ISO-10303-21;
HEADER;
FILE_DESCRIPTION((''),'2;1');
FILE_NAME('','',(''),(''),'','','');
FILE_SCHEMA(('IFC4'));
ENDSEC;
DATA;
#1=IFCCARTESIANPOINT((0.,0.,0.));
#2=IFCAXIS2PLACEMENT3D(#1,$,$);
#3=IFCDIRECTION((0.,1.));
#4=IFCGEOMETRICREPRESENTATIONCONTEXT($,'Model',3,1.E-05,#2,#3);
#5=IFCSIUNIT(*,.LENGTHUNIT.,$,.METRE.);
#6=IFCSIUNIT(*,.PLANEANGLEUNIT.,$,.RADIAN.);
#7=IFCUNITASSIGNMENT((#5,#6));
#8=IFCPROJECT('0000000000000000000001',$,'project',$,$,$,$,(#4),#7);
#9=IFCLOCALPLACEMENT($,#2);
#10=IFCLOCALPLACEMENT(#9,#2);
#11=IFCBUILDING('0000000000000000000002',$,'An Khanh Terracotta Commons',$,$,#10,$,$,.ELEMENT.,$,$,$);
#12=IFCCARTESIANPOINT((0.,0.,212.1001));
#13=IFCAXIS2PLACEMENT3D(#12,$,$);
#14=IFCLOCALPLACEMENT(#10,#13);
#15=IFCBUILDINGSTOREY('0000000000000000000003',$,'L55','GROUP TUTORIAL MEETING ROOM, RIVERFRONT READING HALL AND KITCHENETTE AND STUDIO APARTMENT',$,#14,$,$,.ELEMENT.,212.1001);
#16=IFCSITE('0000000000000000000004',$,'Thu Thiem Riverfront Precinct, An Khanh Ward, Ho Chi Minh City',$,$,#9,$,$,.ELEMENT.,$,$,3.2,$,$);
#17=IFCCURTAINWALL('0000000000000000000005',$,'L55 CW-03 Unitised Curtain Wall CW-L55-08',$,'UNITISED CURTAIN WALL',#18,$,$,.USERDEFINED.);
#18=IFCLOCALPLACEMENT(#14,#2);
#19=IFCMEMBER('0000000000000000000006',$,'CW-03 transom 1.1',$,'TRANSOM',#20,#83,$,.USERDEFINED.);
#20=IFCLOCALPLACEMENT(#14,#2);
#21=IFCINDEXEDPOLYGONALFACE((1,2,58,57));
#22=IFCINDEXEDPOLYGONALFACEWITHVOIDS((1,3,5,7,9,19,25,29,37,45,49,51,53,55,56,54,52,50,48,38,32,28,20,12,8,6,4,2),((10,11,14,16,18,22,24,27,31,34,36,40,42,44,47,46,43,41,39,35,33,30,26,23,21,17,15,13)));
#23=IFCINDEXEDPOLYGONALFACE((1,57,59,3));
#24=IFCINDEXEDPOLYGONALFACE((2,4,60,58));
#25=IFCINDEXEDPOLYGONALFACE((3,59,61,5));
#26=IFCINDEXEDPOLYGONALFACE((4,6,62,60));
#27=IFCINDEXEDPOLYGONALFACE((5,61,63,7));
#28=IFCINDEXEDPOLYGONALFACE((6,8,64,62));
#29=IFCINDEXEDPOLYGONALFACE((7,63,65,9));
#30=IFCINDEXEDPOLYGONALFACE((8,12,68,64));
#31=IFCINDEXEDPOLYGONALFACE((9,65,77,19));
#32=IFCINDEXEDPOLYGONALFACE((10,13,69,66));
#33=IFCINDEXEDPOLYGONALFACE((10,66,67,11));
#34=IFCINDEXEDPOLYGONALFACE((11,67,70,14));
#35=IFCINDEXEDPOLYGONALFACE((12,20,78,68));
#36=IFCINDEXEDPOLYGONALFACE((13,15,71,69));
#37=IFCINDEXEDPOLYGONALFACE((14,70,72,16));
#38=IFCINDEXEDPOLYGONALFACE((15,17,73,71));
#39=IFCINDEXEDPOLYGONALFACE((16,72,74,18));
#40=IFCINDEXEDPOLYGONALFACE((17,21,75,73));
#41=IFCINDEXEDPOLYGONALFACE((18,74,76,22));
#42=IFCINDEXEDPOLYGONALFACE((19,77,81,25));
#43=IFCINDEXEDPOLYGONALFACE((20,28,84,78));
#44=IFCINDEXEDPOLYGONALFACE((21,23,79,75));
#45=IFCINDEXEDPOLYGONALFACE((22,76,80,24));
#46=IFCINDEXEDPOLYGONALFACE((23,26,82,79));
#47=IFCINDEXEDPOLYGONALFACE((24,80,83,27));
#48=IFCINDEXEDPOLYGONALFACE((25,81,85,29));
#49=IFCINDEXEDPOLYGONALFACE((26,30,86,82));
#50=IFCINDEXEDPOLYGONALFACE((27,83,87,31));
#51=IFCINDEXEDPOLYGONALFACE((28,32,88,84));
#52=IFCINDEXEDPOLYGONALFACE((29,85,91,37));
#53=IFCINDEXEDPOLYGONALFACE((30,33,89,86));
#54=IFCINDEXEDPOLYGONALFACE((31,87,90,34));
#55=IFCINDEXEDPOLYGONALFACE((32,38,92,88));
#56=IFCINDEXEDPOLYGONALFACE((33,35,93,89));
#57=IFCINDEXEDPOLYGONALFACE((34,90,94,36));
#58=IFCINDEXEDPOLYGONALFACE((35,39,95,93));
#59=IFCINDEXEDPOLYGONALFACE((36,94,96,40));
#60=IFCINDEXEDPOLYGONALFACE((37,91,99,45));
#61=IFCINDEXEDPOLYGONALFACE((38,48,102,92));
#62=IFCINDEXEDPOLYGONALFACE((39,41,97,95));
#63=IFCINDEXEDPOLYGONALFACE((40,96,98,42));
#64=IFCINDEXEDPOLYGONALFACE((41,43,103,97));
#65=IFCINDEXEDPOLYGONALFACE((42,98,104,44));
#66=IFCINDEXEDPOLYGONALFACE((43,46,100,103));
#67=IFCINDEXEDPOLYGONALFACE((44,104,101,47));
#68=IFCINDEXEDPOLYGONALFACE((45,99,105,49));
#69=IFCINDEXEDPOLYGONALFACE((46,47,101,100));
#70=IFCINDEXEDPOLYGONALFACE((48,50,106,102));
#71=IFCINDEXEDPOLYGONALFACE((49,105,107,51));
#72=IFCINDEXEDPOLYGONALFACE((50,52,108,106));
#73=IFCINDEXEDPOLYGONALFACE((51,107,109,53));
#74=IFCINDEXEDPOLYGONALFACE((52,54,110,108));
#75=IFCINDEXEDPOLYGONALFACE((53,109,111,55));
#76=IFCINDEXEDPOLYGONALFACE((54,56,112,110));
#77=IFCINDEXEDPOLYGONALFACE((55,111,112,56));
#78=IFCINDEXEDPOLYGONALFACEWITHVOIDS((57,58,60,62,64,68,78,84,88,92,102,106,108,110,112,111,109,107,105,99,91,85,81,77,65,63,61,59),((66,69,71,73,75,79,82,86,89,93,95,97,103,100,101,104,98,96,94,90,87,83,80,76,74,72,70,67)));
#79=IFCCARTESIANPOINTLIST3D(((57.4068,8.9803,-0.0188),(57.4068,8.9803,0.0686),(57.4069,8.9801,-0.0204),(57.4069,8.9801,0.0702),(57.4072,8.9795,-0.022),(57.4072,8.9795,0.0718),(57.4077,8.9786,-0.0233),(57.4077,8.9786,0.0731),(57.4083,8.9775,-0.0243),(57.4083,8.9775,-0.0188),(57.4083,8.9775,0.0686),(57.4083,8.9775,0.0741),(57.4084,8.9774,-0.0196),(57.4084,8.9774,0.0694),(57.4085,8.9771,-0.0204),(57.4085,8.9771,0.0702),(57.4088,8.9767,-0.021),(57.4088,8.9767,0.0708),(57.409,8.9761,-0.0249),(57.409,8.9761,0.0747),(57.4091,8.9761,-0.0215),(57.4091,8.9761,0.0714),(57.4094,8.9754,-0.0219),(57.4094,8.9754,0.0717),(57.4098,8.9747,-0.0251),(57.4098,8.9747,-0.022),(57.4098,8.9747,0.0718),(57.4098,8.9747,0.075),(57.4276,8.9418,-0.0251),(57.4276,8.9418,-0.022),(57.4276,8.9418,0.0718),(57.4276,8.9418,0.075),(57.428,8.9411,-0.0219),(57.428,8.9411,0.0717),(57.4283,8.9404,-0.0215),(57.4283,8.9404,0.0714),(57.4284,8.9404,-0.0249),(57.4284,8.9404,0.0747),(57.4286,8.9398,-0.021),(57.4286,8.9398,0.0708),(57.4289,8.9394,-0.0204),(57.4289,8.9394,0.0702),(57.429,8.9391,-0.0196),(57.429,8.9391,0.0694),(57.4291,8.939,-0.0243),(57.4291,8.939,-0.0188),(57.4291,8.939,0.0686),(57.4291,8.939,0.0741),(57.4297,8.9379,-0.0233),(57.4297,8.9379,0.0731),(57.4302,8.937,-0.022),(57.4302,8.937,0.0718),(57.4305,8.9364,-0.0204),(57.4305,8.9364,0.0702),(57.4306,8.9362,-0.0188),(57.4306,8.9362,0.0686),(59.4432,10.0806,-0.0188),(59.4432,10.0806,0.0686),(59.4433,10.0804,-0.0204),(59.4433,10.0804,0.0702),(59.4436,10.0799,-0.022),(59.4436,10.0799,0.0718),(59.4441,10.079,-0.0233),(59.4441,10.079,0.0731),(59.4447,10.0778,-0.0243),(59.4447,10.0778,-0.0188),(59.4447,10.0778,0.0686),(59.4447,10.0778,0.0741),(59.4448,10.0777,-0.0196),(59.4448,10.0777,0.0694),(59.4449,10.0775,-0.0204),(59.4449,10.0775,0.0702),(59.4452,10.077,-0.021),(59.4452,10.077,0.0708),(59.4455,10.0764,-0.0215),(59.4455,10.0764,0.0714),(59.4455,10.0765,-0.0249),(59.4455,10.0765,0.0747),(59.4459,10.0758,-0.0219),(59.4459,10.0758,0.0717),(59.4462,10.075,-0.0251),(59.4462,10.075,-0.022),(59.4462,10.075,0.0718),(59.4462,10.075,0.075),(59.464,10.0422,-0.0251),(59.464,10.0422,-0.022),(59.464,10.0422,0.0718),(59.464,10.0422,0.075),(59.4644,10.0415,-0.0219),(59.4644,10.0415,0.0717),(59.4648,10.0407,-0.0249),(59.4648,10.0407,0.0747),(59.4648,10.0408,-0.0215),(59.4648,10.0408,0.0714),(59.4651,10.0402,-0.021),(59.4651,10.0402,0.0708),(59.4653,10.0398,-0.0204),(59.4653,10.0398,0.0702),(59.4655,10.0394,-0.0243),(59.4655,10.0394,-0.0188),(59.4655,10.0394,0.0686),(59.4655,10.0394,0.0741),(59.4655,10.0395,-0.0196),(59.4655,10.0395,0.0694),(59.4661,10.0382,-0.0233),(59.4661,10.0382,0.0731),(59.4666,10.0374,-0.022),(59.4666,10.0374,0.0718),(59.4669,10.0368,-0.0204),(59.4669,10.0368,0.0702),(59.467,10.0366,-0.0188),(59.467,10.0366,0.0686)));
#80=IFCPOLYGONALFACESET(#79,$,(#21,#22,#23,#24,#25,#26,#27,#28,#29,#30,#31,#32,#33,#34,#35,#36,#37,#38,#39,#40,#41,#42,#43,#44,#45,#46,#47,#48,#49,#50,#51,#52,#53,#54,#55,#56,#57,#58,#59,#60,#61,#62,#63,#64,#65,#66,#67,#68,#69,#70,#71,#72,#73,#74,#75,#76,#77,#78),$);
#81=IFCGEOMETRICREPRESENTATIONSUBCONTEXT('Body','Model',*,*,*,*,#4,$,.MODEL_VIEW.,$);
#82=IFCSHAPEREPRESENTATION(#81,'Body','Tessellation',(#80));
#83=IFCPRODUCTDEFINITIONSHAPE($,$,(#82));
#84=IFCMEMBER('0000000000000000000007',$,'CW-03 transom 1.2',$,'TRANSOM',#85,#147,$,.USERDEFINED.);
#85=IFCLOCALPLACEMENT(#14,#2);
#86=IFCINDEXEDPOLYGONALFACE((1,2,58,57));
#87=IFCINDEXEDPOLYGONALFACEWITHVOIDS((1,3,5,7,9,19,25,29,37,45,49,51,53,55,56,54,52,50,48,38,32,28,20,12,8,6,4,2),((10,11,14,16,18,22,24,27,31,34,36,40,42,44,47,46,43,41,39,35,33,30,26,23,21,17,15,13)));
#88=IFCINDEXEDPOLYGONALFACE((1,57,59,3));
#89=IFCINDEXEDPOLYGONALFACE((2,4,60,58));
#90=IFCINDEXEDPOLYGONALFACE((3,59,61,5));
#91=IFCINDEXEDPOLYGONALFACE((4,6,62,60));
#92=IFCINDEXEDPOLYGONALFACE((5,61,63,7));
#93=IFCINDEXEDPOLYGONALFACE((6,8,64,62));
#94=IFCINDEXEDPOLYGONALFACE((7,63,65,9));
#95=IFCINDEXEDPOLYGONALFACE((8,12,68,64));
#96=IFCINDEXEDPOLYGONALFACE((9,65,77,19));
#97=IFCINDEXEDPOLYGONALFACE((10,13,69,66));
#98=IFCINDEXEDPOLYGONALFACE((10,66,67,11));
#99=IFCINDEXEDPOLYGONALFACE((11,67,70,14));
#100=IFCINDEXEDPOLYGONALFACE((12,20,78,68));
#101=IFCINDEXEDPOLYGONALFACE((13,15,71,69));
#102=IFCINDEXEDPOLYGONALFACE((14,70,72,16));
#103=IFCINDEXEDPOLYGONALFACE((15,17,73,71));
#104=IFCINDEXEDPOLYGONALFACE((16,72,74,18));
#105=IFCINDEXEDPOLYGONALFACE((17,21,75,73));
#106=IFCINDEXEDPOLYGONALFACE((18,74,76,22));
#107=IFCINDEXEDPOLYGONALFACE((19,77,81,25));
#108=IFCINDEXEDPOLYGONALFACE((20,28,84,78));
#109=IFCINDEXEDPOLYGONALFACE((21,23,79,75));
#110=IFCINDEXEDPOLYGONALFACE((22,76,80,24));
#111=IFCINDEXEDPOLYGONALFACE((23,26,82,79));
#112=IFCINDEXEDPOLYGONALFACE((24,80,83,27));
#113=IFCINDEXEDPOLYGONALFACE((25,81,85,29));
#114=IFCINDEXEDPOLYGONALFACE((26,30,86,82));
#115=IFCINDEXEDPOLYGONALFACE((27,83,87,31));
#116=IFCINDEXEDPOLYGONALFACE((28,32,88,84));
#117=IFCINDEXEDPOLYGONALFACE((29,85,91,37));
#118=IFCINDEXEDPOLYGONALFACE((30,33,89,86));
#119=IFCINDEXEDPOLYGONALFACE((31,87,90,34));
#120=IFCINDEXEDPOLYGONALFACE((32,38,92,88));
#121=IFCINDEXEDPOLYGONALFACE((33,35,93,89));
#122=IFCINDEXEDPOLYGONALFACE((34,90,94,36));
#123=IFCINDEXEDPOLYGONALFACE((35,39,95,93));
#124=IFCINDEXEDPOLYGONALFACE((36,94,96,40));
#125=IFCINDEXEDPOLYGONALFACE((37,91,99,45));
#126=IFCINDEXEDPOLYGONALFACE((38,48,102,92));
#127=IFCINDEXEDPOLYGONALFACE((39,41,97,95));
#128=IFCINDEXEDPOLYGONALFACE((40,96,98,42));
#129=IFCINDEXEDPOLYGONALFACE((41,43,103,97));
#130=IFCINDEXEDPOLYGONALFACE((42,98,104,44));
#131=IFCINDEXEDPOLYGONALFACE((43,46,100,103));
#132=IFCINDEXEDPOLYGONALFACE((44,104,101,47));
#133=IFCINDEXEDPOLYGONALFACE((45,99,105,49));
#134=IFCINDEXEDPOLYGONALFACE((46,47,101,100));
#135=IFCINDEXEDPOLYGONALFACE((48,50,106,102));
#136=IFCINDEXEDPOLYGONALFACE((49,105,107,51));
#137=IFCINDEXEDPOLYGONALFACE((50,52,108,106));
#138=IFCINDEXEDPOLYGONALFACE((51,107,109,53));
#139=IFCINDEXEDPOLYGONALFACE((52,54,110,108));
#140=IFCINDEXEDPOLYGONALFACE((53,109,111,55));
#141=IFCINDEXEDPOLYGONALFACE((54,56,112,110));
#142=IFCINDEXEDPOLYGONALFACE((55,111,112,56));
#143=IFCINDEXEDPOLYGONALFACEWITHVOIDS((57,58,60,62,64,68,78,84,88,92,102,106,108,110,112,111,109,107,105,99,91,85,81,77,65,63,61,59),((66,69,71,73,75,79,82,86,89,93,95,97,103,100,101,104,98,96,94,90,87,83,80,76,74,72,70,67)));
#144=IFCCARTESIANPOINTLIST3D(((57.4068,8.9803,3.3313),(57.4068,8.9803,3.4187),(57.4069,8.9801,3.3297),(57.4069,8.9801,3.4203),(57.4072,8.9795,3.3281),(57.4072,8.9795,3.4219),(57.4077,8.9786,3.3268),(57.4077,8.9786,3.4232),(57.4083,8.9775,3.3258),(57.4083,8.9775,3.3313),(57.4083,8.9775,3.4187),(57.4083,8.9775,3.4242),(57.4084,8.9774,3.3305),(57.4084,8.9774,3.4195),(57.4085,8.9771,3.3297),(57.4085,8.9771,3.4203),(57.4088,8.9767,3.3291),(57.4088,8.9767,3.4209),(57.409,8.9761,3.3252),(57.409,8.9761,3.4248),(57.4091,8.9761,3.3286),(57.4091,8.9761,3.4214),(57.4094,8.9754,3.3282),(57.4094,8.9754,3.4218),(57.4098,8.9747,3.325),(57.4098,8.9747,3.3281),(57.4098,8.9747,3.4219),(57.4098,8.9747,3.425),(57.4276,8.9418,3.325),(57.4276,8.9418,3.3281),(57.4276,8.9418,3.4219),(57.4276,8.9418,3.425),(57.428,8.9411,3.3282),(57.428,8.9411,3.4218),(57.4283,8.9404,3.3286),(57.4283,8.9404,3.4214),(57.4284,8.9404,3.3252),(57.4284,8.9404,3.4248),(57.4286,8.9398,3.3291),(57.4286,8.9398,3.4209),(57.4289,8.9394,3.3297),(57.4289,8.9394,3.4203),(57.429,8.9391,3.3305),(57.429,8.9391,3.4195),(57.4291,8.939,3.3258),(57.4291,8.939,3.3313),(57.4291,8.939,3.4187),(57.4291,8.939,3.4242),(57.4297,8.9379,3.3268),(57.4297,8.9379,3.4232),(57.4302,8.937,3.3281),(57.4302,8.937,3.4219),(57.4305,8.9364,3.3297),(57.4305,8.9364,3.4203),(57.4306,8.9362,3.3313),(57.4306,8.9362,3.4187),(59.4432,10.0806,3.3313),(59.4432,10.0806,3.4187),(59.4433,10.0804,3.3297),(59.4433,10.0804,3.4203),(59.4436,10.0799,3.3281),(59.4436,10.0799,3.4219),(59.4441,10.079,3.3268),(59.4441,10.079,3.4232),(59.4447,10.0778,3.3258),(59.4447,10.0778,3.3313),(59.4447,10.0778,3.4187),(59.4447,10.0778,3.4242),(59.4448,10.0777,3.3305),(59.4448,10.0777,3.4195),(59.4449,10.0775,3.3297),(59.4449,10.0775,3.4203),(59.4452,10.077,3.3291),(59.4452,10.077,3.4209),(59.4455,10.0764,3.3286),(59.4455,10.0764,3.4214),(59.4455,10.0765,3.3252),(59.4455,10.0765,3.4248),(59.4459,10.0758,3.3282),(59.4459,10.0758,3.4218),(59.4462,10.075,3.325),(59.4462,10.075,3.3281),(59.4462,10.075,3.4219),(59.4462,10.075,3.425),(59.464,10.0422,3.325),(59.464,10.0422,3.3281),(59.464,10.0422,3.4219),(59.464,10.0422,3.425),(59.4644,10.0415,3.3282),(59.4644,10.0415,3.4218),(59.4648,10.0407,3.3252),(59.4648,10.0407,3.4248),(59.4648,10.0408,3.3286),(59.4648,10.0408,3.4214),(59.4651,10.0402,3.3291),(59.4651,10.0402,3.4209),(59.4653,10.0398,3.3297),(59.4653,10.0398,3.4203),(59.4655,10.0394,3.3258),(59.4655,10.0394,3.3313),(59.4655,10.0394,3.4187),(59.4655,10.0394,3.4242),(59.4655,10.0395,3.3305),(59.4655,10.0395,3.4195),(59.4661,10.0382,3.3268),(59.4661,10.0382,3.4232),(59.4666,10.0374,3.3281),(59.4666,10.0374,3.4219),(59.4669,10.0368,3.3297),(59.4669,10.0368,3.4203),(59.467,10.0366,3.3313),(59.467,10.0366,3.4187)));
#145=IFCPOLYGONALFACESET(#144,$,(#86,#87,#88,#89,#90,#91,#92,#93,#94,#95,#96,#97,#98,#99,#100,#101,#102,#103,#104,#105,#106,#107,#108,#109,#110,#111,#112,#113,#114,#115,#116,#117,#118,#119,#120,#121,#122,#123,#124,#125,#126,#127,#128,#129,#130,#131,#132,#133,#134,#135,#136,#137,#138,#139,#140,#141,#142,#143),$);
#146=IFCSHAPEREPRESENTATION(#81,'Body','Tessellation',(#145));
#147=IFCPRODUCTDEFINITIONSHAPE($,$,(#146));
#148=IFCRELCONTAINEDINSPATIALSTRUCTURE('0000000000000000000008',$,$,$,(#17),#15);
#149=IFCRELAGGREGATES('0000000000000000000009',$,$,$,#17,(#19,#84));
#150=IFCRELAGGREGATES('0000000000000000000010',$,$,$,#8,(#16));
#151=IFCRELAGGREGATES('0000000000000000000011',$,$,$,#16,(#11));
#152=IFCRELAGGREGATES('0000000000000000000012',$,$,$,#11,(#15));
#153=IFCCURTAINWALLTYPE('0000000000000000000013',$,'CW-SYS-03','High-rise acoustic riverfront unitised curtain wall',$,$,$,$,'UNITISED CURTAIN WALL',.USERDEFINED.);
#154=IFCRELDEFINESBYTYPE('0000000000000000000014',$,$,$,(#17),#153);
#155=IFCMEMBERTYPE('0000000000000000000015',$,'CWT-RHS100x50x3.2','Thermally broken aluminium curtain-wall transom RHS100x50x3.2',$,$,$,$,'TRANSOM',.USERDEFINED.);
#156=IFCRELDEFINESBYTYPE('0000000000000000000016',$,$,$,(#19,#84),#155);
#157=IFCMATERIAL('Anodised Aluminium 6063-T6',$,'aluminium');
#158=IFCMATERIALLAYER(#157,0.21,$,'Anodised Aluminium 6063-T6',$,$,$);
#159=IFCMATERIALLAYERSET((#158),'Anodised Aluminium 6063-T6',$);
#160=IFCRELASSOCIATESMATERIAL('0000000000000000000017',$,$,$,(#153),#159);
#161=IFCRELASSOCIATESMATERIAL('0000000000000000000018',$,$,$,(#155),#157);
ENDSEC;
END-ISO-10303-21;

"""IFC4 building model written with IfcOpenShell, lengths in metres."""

from ifc_helpers import new_model, si_unit, direction, frame, origin, origin_2d, place, context, subcontext, project, spatial, hollow_rectangle, extrude, material, layer, layer_set, material_profile, profile_set, type_object, element, aggregate, save


model = new_model("IFC4")

# Units and contexts
model_context = context("Model", 3, precision=1e-05, world=origin(), true_north=direction((0.0, 1.0)))
body_context = subcontext(model_context, "Body", "Model", "MODEL_VIEW")
ifc_project = project(units=[si_unit("LENGTHUNIT", "METRE"), si_unit("PLANEANGLEUNIT", "RADIAN")], contexts=[model_context])

# Site, building, storey
site_placement = place(None, origin())
site = spatial("IfcSite", under=ifc_project, at=site_placement, Name="Thu Thiem Riverfront Precinct, An Khanh Ward, Ho Chi Minh City", CompositionType="ELEMENT", RefElevation=3.2)
building_placement = place(site_placement, origin())
building = spatial("IfcBuilding", under=site, at=building_placement, Name="An Khanh Terracotta Commons", CompositionType="ELEMENT")
storey_placement = place(building_placement, frame((0.0, 0.0, 212.1001)))
storey = spatial("IfcBuildingStorey", under=building, at=storey_placement, Name="L55", Description="GROUP TUTORIAL MEETING ROOM, RIVERFRONT READING HALL AND KITCHENETTE AND STUDIO APARTMENT", CompositionType="ELEMENT", Elevation=212.1001)

# Curtain wall, members
ifc_material_1 = material(Name="Anodised Aluminium 6063-T6", Category="aluminium")
ifc_layer_1 = layer(ifc_material_1, 0.21, Name="Anodised Aluminium 6063-T6")
ifc_layer_set_1 = layer_set([ifc_layer_1], Name="Anodised Aluminium 6063-T6")
curtain_wall_type = type_object("IfcCurtainWallType", Name="CW-SYS-03", Description="High-rise acoustic riverfront unitised curtain wall", ElementType="UNITISED CURTAIN WALL", PredefinedType="USERDEFINED", material=ifc_layer_set_1)
curtain_wall_placement = place(storey_placement, origin())
curtain_wall = element("IfcCurtainWall", 1, at=curtain_wall_placement, inside=storey, type_object=curtain_wall_type, Name="L55 CW-03 Unitised Curtain Wall CW-L55-08", ObjectType="UNITISED CURTAIN WALL", PredefinedType="USERDEFINED")
ifc_material_profile_1 = material_profile(ifc_material_1, hollow_rectangle(XDim=0.05, YDim=0.1001, WallThickness=0.0032, InnerFilletRadius=0.0032, OuterFilletRadius=0.0063, at=origin_2d()), Name="RHS100x50x3.2")
ifc_profile_set_1 = profile_set([ifc_material_profile_1], Name="Anodised Aluminium 6063-T6")
member_type_1 = type_object("IfcMemberType", Name="CWT-RHS100x50x3.2", Description="Thermally broken aluminium curtain-wall transom RHS100x50x3.2", ElementType="TRANSOM", PredefinedType="USERDEFINED", material=ifc_profile_set_1)
member_1_placement = place(storey_placement, frame((57.4187, 8.9583, 0.0249), z_axis=(0.879779, 0.475382, 0.0), x_axis=(-0.475382, 0.879779, 0.0)))
member_1 = element("IfcMember", 2, at=member_1_placement, type_object=member_type_1, Name="CW-03 transom 1.1", ObjectType="TRANSOM", PredefinedType="USERDEFINED", context=body_context, shape_type="SweptSolid", body=[
    extrude(hollow_rectangle(XDim=0.05, YDim=0.1001, WallThickness=0.0032, InnerFilletRadius=0.0032, OuterFilletRadius=0.0063, at=origin_2d()), origin(), (0.0, 0.0, 1.0), 2.3147),
])
member_2_placement = place(storey_placement, frame((57.4187, 8.9583, 3.375), z_axis=(0.879779, 0.475382, 0.0), x_axis=(-0.475382, 0.879779, 0.0)))
member_2 = element("IfcMember", 3, at=member_2_placement, type_object=member_type_1, Name="CW-03 transom 1.2", ObjectType="TRANSOM", PredefinedType="USERDEFINED", context=body_context, shape_type="SweptSolid", body=[
    extrude(hollow_rectangle(XDim=0.05, YDim=0.1001, WallThickness=0.0032, InnerFilletRadius=0.0032, OuterFilletRadius=0.0063, at=origin_2d()), origin(), (0.0, 0.0, 1.0), 2.3147),
])
aggregate(curtain_wall, [member_1, member_2])

save(model, "model.ifc")
